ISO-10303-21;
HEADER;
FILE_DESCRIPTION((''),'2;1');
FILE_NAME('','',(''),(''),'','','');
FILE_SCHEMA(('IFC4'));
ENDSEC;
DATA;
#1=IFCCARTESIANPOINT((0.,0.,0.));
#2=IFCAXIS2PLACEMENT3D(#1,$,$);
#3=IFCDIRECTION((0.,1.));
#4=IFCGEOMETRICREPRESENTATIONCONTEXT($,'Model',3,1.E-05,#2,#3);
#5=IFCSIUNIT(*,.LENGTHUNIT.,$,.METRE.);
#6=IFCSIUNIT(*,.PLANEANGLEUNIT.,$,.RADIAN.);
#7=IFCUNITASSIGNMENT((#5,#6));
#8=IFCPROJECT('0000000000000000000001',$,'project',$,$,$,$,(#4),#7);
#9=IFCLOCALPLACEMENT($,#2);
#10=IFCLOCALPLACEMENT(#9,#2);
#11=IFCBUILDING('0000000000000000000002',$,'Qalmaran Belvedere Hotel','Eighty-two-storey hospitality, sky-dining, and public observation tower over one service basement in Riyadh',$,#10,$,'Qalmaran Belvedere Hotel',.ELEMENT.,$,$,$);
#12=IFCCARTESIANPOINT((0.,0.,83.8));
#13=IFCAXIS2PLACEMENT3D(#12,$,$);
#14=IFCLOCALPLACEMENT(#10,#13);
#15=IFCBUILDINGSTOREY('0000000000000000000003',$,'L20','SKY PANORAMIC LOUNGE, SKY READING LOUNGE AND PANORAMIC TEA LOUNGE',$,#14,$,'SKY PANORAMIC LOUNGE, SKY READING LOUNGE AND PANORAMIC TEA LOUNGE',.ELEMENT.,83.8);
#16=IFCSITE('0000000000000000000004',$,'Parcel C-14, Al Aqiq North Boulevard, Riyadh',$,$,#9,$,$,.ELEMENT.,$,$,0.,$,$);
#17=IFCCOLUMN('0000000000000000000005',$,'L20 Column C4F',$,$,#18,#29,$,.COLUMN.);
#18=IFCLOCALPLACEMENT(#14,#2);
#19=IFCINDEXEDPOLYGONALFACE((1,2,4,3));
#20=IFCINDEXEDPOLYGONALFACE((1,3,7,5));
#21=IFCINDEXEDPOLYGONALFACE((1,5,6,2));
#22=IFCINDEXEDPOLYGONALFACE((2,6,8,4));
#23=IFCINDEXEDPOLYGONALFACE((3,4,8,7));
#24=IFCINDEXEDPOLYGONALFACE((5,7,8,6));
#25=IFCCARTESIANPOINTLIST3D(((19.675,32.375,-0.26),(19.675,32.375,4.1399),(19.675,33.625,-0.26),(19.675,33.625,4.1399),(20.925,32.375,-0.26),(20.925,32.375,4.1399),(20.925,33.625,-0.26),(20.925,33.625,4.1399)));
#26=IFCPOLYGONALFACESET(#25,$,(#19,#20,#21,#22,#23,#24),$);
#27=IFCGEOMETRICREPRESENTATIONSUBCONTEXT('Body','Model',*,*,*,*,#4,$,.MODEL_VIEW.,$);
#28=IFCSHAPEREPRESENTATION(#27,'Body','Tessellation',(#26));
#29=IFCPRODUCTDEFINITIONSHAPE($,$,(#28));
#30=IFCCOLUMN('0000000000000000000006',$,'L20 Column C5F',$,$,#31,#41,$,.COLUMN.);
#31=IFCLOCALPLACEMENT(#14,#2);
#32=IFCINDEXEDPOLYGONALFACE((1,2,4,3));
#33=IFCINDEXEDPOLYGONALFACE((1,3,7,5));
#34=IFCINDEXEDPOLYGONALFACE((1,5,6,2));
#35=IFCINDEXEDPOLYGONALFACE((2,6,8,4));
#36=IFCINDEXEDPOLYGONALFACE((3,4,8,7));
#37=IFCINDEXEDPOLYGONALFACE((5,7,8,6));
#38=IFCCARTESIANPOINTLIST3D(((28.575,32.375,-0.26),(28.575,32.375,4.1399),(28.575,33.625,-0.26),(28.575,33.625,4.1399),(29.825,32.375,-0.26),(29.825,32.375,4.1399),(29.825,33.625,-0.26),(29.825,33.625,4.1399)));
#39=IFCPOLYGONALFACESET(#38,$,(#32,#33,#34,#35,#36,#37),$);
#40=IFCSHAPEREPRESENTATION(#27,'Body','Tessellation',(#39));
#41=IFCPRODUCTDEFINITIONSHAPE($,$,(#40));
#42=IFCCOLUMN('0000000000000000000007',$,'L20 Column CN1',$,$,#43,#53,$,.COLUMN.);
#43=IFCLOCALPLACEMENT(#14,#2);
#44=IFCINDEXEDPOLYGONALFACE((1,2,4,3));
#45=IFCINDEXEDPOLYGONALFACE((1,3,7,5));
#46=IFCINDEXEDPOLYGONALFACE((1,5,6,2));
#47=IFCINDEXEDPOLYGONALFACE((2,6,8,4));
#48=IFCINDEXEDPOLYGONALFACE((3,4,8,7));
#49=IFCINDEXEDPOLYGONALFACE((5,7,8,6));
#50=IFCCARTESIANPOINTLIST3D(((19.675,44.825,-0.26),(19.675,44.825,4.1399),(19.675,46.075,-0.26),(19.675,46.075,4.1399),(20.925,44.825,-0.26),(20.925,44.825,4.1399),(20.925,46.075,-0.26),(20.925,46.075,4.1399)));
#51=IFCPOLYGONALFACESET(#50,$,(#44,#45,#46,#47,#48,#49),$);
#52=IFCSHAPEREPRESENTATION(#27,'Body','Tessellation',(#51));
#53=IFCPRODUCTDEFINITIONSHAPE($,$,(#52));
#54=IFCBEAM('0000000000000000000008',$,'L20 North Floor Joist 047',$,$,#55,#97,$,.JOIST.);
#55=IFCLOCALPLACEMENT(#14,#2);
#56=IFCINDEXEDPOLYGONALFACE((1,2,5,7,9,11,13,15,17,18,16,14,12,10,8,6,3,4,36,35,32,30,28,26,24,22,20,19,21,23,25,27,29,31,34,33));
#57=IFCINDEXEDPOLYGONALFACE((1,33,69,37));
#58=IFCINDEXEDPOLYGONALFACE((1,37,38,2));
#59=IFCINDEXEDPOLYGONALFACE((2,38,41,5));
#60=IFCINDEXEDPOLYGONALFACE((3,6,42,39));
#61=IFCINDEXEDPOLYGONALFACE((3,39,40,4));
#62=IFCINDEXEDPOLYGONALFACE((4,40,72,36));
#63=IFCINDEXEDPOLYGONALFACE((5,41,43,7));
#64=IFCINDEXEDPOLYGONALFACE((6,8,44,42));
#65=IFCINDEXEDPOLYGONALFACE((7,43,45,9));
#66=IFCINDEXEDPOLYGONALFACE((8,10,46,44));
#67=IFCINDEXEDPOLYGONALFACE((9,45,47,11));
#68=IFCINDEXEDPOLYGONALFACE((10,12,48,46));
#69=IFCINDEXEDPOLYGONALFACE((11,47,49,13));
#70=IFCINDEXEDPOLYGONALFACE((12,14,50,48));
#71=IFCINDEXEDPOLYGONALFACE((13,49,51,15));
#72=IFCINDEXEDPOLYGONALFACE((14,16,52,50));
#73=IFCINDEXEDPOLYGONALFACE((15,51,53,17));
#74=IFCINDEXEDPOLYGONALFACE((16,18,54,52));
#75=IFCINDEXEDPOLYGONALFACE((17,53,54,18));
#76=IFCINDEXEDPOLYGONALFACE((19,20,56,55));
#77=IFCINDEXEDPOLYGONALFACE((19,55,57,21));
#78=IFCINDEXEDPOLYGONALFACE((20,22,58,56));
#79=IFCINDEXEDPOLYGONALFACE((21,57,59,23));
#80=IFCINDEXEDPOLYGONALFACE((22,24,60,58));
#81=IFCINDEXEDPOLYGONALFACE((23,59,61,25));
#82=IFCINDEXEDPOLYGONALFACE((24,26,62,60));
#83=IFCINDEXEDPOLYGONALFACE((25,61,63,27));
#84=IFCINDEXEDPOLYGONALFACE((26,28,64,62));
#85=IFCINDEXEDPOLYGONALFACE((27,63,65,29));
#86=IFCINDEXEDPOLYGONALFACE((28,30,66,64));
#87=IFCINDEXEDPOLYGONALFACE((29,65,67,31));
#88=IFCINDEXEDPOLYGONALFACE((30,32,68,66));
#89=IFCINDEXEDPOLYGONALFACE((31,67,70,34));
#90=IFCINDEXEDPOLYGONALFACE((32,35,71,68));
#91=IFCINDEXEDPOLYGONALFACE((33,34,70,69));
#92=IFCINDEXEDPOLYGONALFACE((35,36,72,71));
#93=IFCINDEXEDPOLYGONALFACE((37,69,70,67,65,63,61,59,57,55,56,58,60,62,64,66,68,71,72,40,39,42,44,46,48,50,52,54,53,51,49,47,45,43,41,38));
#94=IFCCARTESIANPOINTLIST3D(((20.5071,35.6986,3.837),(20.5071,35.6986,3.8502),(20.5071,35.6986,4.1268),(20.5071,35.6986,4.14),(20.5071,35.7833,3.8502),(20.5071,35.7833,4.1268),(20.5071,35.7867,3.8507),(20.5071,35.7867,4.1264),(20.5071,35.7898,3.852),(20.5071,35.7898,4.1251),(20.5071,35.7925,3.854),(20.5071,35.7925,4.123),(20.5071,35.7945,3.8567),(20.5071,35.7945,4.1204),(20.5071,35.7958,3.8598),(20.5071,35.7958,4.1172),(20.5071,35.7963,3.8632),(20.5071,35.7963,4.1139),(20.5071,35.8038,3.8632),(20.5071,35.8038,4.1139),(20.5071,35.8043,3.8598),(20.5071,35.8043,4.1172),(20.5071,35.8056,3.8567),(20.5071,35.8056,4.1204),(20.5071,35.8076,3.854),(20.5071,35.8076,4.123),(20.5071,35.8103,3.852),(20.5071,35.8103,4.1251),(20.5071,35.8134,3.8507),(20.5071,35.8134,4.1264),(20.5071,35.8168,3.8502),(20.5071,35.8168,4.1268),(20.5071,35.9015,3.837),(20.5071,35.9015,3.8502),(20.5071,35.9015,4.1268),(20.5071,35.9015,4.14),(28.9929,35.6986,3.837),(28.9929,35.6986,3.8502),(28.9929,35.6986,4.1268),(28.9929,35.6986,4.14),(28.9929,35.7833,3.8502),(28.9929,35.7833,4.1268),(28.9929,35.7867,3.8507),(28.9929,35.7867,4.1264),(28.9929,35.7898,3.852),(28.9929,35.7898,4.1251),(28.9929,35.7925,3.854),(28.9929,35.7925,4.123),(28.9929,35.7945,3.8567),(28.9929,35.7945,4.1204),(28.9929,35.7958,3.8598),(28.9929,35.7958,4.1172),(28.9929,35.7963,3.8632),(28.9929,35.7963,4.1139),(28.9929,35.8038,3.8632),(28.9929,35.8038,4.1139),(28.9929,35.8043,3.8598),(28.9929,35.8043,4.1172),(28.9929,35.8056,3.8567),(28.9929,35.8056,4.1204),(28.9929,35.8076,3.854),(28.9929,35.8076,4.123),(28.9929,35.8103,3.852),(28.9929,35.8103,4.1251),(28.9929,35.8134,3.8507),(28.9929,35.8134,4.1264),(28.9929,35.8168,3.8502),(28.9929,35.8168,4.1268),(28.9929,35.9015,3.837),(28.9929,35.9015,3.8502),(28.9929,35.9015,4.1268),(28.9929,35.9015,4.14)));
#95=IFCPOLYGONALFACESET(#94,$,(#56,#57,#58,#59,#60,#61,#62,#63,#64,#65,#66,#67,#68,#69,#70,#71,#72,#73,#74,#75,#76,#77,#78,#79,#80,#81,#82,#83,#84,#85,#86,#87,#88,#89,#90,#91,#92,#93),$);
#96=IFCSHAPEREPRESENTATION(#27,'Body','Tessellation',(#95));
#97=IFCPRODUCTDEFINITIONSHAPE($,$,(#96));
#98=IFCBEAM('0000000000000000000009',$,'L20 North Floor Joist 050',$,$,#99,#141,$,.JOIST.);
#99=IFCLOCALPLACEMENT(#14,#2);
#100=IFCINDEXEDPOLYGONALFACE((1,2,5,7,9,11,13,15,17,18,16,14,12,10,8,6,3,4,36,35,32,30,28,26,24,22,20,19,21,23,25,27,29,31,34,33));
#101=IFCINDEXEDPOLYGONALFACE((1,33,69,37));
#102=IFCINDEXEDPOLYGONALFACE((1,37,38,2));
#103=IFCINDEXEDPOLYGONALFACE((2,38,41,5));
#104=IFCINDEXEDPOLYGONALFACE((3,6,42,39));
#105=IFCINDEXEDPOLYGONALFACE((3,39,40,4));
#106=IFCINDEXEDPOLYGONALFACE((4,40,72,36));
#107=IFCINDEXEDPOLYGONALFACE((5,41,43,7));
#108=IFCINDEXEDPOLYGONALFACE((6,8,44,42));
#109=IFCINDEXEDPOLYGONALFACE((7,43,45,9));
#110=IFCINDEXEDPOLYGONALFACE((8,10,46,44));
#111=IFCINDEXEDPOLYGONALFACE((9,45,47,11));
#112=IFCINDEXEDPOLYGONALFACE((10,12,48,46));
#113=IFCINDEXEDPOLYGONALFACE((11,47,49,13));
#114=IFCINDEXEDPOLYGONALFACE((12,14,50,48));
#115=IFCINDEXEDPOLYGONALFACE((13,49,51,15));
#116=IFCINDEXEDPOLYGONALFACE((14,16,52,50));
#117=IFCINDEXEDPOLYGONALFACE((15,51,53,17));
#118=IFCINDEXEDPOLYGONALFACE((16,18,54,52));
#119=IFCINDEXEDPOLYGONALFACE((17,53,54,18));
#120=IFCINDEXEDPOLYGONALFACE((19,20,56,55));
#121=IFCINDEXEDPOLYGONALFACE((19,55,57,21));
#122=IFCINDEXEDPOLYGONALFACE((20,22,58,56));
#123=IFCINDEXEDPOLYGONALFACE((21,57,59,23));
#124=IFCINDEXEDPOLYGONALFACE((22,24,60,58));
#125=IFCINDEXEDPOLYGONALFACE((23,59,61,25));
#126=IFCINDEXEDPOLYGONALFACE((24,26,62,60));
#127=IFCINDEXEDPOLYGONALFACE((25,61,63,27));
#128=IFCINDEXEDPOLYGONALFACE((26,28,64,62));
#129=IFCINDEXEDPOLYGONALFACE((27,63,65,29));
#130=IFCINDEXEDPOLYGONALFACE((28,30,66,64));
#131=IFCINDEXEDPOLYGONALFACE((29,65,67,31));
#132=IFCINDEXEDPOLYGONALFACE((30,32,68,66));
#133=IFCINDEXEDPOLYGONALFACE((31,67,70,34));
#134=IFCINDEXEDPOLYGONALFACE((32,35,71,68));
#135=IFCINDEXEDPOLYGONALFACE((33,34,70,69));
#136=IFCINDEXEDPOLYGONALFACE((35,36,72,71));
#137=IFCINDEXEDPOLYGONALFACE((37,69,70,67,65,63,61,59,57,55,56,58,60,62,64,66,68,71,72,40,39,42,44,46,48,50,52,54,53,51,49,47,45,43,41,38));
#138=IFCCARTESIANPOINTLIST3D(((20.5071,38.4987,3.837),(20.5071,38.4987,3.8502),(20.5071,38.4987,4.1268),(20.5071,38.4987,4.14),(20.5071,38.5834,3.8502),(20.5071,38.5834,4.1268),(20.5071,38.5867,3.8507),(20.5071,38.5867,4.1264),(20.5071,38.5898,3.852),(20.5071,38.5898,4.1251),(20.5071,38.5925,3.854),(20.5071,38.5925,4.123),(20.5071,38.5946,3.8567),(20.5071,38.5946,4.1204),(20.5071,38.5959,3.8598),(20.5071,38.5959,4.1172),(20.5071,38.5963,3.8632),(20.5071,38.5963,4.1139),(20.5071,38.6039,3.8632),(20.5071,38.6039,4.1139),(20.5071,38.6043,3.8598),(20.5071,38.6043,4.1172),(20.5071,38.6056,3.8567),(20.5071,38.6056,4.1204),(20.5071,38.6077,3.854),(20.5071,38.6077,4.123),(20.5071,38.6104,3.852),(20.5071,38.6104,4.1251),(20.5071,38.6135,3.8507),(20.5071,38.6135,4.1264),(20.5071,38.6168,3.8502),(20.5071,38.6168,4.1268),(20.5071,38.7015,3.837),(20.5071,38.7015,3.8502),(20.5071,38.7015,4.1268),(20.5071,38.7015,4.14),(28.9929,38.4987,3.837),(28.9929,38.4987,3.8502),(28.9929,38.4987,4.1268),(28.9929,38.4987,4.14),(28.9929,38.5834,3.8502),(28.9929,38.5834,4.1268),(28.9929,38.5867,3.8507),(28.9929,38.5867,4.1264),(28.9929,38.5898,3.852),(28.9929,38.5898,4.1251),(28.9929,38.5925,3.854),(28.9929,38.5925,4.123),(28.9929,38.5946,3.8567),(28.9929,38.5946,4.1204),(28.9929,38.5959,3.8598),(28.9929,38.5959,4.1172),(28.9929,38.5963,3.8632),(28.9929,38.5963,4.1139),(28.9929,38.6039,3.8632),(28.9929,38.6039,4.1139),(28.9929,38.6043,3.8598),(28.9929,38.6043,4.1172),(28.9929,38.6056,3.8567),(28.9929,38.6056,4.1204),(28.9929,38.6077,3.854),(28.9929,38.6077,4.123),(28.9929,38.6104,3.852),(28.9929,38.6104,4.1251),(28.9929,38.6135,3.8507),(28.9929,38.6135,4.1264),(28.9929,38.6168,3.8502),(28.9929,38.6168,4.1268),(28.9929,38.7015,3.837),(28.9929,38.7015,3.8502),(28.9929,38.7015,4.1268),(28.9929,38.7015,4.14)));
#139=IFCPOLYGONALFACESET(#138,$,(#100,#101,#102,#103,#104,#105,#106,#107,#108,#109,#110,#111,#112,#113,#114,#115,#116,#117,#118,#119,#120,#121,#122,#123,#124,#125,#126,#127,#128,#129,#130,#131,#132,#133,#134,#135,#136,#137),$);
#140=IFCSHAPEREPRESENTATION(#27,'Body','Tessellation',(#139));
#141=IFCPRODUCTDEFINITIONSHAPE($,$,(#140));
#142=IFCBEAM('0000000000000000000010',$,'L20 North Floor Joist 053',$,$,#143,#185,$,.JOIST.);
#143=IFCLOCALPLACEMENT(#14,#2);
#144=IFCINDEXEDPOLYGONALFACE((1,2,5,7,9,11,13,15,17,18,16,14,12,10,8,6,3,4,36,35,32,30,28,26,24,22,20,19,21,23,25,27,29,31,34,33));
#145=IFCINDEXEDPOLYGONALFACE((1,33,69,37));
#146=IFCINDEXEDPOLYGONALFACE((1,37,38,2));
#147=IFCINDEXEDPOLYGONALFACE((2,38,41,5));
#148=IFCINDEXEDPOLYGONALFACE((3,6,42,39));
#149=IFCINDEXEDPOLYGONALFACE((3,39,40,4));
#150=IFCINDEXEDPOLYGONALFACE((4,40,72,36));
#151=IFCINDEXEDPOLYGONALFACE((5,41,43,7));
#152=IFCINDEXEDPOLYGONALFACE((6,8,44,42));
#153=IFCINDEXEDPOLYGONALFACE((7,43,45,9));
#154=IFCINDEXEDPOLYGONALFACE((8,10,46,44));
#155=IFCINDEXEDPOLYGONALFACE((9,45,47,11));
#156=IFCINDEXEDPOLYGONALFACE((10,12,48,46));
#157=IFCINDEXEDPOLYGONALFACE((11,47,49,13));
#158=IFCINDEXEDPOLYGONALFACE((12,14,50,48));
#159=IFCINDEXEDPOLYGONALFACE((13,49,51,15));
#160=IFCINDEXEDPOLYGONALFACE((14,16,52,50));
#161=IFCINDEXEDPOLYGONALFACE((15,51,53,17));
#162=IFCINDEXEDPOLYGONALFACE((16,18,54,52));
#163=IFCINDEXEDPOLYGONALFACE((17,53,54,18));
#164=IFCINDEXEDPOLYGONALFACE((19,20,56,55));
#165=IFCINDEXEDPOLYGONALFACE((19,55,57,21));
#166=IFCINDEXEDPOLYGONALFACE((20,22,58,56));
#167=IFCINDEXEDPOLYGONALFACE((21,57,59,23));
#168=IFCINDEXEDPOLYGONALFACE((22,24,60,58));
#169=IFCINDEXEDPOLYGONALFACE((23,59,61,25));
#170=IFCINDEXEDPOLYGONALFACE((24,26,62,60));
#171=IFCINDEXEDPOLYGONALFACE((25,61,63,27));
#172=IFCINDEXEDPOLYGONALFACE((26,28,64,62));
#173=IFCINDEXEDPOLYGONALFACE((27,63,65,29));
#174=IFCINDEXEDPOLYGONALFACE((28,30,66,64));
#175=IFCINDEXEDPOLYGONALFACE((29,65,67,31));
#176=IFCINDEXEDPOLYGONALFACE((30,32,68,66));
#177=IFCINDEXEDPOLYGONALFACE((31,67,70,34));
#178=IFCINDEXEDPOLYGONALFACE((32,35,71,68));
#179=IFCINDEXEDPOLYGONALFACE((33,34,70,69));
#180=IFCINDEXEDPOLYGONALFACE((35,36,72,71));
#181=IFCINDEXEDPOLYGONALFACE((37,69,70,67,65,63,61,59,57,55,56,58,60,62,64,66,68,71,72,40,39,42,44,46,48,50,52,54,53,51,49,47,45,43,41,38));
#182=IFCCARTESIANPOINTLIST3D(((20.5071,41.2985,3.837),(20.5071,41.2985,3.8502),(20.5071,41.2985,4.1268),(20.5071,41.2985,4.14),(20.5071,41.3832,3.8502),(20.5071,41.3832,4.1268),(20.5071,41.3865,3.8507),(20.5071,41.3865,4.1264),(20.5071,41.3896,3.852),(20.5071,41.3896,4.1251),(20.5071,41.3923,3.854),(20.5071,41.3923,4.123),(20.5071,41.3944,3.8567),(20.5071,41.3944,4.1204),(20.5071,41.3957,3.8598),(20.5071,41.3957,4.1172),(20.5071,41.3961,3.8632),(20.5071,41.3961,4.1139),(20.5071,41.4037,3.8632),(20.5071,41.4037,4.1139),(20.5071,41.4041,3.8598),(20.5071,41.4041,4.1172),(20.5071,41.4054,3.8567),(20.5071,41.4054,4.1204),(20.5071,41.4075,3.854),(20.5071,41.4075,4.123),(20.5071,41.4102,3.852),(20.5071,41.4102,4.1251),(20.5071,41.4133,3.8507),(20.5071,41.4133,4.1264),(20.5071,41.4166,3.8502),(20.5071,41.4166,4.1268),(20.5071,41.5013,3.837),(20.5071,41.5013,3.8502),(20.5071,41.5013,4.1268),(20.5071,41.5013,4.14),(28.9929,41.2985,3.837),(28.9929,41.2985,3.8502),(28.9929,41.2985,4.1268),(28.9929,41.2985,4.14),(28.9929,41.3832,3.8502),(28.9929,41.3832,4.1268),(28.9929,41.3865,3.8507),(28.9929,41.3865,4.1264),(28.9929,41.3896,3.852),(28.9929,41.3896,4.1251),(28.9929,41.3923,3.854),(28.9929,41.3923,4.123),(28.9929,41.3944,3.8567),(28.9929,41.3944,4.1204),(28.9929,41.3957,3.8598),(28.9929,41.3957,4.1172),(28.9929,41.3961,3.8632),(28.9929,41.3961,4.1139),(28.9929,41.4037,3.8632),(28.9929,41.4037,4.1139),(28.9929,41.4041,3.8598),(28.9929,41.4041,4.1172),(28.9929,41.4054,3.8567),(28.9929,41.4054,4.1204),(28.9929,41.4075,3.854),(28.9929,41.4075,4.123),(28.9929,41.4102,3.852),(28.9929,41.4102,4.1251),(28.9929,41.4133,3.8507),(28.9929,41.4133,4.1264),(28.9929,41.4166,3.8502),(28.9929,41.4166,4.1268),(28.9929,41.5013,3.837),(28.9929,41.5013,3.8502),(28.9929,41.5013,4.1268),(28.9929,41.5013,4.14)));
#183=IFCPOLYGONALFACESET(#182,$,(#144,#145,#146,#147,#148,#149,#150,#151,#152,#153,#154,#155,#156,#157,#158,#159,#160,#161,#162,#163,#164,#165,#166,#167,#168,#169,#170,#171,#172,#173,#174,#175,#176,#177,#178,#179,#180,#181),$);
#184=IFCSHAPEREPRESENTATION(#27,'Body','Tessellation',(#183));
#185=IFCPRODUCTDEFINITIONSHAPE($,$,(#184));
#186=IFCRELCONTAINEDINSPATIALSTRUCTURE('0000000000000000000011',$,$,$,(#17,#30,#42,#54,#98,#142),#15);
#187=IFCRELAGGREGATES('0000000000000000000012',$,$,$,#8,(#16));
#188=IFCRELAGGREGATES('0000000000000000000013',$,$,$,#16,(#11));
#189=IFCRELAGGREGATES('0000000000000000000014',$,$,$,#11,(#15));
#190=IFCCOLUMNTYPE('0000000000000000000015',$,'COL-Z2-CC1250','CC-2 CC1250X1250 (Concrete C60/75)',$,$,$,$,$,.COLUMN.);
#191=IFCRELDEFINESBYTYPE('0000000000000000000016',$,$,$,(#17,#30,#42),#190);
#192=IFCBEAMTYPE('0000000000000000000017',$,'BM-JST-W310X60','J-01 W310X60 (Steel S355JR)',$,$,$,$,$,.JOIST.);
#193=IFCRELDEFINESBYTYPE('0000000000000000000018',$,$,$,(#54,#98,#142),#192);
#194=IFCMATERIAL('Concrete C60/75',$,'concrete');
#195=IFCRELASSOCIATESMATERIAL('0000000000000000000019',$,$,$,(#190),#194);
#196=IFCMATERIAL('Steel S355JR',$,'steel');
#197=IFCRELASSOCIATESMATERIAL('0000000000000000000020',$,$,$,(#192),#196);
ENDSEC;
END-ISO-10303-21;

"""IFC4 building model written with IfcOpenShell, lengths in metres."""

from ifc_helpers import new_model, si_unit, direction, frame, origin, origin_2d, place, context, subcontext, project, spatial, rectangle, i_section, extrude, material, material_profile, profile_set, type_object, element, save


model = new_model("IFC4")

# Units and contexts
model_context = context("Model", 3, precision=1e-05, world=origin(), true_north=direction((0.0, 1.0)))
body_context = subcontext(model_context, "Body", "Model", "MODEL_VIEW")
ifc_project = project(units=[si_unit("LENGTHUNIT", "METRE"), si_unit("PLANEANGLEUNIT", "RADIAN")], contexts=[model_context])

# Site, building, storey
site_placement = place(None, origin())
site = spatial("IfcSite", under=ifc_project, at=site_placement, Name="Parcel C-14, Al Aqiq North Boulevard, Riyadh", CompositionType="ELEMENT", RefElevation=0.0)
building_placement = place(site_placement, origin())
building = spatial("IfcBuilding", under=site, at=building_placement, Name="Qalmaran Belvedere Hotel", Description="Eighty-two-storey hospitality, sky-dining, and public observation tower over one service basement in Riyadh", LongName="Qalmaran Belvedere Hotel", CompositionType="ELEMENT")
storey_placement = place(building_placement, frame((0.0, 0.0, 83.8)))
storey = spatial("IfcBuildingStorey", under=building, at=storey_placement, Name="L20", Description="SKY PANORAMIC LOUNGE, SKY READING LOUNGE AND PANORAMIC TEA LOUNGE", LongName="SKY PANORAMIC LOUNGE, SKY READING LOUNGE AND PANORAMIC TEA LOUNGE", CompositionType="ELEMENT", Elevation=83.8)

# Columns
ifc_material_1 = material(Name="Concrete C60/75", Category="concrete")
ifc_material_profile_1 = material_profile(ifc_material_1, rectangle(XDim=1.25, YDim=1.25, at=origin_2d()), Name="CC1250X1250")
ifc_profile_set_1 = profile_set([ifc_material_profile_1], Name="Concrete C60/75")
column_type = type_object("IfcColumnType", Name="COL-Z2-CC1250", Description="CC-2 CC1250X1250 (Concrete C60/75)", PredefinedType="COLUMN", material=ifc_profile_set_1)
for number, where, z_axis, x_axis, name in (
    (1, (20.3, 33.0, -0.26), (0.0, 0.0, 1.0), (1.0, 0.0, 0.0), "L20 Column C4F"),
    (2, (29.2, 33.0, -0.26), (0.0, 0.0, 1.0), (1.0, 0.0, 0.0), "L20 Column C5F"),
    (3, (20.3, 45.45, -0.26), (0.0, 0.0, 1.0), (1.0, 0.0, 0.0), "L20 Column CN1"),
):
    element("IfcColumn", number, at=place(storey_placement, frame(where, z_axis=z_axis, x_axis=x_axis)), inside=storey, type_object=column_type, Name=name, PredefinedType="COLUMN", context=body_context, shape_type="SweptSolid", body=[
        extrude(rectangle(XDim=1.25, YDim=1.25, at=origin_2d()), origin(), (0.0, 0.0, 1.0), 4.3999),
    ])

# Beams
ifc_material_2 = material(Name="Steel S355JR", Category="steel")
ifc_material_profile_2 = material_profile(ifc_material_2, i_section(OverallWidth=0.2029, OverallDepth=0.303, WebThickness=0.0076, FlangeThickness=0.0132, FilletRadius=0.0129, at=origin_2d()), Name="W310X60")
ifc_profile_set_2 = profile_set([ifc_material_profile_2], Name="Steel S355JR")
beam_type_1 = type_object("IfcBeamType", Name="BM-JST-W310X60", Description="J-01 W310X60 (Steel S355JR)", PredefinedType="JOIST", material=ifc_profile_set_2)
for number, where, z_axis, x_axis, name in (
    (4, (20.5071, 35.8, 3.9885), (1.0, 0.0, 0.0), (0.0, 1.0, 0.0), "L20 North Floor Joist 047"),
    (5, (20.5071, 38.6001, 3.9885), (1.0, 0.0, 0.0), (0.0, 1.0, 0.0), "L20 North Floor Joist 050"),
    (6, (20.5071, 41.3999, 3.9885), (1.0, 0.0, 0.0), (0.0, 1.0, 0.0), "L20 North Floor Joist 053"),
):
    element("IfcBeam", number, at=place(storey_placement, frame(where, z_axis=z_axis, x_axis=x_axis)), inside=storey, type_object=beam_type_1, Name=name, PredefinedType="JOIST", context=body_context, shape_type="SweptSolid", body=[
        extrude(i_section(OverallWidth=0.2029, OverallDepth=0.303, WebThickness=0.0076, FlangeThickness=0.0132, FilletRadius=0.0129, at=origin_2d()), origin(), (0.0, 0.0, 1.0), 8.4858),
    ])

save(model, "model.ifc")
